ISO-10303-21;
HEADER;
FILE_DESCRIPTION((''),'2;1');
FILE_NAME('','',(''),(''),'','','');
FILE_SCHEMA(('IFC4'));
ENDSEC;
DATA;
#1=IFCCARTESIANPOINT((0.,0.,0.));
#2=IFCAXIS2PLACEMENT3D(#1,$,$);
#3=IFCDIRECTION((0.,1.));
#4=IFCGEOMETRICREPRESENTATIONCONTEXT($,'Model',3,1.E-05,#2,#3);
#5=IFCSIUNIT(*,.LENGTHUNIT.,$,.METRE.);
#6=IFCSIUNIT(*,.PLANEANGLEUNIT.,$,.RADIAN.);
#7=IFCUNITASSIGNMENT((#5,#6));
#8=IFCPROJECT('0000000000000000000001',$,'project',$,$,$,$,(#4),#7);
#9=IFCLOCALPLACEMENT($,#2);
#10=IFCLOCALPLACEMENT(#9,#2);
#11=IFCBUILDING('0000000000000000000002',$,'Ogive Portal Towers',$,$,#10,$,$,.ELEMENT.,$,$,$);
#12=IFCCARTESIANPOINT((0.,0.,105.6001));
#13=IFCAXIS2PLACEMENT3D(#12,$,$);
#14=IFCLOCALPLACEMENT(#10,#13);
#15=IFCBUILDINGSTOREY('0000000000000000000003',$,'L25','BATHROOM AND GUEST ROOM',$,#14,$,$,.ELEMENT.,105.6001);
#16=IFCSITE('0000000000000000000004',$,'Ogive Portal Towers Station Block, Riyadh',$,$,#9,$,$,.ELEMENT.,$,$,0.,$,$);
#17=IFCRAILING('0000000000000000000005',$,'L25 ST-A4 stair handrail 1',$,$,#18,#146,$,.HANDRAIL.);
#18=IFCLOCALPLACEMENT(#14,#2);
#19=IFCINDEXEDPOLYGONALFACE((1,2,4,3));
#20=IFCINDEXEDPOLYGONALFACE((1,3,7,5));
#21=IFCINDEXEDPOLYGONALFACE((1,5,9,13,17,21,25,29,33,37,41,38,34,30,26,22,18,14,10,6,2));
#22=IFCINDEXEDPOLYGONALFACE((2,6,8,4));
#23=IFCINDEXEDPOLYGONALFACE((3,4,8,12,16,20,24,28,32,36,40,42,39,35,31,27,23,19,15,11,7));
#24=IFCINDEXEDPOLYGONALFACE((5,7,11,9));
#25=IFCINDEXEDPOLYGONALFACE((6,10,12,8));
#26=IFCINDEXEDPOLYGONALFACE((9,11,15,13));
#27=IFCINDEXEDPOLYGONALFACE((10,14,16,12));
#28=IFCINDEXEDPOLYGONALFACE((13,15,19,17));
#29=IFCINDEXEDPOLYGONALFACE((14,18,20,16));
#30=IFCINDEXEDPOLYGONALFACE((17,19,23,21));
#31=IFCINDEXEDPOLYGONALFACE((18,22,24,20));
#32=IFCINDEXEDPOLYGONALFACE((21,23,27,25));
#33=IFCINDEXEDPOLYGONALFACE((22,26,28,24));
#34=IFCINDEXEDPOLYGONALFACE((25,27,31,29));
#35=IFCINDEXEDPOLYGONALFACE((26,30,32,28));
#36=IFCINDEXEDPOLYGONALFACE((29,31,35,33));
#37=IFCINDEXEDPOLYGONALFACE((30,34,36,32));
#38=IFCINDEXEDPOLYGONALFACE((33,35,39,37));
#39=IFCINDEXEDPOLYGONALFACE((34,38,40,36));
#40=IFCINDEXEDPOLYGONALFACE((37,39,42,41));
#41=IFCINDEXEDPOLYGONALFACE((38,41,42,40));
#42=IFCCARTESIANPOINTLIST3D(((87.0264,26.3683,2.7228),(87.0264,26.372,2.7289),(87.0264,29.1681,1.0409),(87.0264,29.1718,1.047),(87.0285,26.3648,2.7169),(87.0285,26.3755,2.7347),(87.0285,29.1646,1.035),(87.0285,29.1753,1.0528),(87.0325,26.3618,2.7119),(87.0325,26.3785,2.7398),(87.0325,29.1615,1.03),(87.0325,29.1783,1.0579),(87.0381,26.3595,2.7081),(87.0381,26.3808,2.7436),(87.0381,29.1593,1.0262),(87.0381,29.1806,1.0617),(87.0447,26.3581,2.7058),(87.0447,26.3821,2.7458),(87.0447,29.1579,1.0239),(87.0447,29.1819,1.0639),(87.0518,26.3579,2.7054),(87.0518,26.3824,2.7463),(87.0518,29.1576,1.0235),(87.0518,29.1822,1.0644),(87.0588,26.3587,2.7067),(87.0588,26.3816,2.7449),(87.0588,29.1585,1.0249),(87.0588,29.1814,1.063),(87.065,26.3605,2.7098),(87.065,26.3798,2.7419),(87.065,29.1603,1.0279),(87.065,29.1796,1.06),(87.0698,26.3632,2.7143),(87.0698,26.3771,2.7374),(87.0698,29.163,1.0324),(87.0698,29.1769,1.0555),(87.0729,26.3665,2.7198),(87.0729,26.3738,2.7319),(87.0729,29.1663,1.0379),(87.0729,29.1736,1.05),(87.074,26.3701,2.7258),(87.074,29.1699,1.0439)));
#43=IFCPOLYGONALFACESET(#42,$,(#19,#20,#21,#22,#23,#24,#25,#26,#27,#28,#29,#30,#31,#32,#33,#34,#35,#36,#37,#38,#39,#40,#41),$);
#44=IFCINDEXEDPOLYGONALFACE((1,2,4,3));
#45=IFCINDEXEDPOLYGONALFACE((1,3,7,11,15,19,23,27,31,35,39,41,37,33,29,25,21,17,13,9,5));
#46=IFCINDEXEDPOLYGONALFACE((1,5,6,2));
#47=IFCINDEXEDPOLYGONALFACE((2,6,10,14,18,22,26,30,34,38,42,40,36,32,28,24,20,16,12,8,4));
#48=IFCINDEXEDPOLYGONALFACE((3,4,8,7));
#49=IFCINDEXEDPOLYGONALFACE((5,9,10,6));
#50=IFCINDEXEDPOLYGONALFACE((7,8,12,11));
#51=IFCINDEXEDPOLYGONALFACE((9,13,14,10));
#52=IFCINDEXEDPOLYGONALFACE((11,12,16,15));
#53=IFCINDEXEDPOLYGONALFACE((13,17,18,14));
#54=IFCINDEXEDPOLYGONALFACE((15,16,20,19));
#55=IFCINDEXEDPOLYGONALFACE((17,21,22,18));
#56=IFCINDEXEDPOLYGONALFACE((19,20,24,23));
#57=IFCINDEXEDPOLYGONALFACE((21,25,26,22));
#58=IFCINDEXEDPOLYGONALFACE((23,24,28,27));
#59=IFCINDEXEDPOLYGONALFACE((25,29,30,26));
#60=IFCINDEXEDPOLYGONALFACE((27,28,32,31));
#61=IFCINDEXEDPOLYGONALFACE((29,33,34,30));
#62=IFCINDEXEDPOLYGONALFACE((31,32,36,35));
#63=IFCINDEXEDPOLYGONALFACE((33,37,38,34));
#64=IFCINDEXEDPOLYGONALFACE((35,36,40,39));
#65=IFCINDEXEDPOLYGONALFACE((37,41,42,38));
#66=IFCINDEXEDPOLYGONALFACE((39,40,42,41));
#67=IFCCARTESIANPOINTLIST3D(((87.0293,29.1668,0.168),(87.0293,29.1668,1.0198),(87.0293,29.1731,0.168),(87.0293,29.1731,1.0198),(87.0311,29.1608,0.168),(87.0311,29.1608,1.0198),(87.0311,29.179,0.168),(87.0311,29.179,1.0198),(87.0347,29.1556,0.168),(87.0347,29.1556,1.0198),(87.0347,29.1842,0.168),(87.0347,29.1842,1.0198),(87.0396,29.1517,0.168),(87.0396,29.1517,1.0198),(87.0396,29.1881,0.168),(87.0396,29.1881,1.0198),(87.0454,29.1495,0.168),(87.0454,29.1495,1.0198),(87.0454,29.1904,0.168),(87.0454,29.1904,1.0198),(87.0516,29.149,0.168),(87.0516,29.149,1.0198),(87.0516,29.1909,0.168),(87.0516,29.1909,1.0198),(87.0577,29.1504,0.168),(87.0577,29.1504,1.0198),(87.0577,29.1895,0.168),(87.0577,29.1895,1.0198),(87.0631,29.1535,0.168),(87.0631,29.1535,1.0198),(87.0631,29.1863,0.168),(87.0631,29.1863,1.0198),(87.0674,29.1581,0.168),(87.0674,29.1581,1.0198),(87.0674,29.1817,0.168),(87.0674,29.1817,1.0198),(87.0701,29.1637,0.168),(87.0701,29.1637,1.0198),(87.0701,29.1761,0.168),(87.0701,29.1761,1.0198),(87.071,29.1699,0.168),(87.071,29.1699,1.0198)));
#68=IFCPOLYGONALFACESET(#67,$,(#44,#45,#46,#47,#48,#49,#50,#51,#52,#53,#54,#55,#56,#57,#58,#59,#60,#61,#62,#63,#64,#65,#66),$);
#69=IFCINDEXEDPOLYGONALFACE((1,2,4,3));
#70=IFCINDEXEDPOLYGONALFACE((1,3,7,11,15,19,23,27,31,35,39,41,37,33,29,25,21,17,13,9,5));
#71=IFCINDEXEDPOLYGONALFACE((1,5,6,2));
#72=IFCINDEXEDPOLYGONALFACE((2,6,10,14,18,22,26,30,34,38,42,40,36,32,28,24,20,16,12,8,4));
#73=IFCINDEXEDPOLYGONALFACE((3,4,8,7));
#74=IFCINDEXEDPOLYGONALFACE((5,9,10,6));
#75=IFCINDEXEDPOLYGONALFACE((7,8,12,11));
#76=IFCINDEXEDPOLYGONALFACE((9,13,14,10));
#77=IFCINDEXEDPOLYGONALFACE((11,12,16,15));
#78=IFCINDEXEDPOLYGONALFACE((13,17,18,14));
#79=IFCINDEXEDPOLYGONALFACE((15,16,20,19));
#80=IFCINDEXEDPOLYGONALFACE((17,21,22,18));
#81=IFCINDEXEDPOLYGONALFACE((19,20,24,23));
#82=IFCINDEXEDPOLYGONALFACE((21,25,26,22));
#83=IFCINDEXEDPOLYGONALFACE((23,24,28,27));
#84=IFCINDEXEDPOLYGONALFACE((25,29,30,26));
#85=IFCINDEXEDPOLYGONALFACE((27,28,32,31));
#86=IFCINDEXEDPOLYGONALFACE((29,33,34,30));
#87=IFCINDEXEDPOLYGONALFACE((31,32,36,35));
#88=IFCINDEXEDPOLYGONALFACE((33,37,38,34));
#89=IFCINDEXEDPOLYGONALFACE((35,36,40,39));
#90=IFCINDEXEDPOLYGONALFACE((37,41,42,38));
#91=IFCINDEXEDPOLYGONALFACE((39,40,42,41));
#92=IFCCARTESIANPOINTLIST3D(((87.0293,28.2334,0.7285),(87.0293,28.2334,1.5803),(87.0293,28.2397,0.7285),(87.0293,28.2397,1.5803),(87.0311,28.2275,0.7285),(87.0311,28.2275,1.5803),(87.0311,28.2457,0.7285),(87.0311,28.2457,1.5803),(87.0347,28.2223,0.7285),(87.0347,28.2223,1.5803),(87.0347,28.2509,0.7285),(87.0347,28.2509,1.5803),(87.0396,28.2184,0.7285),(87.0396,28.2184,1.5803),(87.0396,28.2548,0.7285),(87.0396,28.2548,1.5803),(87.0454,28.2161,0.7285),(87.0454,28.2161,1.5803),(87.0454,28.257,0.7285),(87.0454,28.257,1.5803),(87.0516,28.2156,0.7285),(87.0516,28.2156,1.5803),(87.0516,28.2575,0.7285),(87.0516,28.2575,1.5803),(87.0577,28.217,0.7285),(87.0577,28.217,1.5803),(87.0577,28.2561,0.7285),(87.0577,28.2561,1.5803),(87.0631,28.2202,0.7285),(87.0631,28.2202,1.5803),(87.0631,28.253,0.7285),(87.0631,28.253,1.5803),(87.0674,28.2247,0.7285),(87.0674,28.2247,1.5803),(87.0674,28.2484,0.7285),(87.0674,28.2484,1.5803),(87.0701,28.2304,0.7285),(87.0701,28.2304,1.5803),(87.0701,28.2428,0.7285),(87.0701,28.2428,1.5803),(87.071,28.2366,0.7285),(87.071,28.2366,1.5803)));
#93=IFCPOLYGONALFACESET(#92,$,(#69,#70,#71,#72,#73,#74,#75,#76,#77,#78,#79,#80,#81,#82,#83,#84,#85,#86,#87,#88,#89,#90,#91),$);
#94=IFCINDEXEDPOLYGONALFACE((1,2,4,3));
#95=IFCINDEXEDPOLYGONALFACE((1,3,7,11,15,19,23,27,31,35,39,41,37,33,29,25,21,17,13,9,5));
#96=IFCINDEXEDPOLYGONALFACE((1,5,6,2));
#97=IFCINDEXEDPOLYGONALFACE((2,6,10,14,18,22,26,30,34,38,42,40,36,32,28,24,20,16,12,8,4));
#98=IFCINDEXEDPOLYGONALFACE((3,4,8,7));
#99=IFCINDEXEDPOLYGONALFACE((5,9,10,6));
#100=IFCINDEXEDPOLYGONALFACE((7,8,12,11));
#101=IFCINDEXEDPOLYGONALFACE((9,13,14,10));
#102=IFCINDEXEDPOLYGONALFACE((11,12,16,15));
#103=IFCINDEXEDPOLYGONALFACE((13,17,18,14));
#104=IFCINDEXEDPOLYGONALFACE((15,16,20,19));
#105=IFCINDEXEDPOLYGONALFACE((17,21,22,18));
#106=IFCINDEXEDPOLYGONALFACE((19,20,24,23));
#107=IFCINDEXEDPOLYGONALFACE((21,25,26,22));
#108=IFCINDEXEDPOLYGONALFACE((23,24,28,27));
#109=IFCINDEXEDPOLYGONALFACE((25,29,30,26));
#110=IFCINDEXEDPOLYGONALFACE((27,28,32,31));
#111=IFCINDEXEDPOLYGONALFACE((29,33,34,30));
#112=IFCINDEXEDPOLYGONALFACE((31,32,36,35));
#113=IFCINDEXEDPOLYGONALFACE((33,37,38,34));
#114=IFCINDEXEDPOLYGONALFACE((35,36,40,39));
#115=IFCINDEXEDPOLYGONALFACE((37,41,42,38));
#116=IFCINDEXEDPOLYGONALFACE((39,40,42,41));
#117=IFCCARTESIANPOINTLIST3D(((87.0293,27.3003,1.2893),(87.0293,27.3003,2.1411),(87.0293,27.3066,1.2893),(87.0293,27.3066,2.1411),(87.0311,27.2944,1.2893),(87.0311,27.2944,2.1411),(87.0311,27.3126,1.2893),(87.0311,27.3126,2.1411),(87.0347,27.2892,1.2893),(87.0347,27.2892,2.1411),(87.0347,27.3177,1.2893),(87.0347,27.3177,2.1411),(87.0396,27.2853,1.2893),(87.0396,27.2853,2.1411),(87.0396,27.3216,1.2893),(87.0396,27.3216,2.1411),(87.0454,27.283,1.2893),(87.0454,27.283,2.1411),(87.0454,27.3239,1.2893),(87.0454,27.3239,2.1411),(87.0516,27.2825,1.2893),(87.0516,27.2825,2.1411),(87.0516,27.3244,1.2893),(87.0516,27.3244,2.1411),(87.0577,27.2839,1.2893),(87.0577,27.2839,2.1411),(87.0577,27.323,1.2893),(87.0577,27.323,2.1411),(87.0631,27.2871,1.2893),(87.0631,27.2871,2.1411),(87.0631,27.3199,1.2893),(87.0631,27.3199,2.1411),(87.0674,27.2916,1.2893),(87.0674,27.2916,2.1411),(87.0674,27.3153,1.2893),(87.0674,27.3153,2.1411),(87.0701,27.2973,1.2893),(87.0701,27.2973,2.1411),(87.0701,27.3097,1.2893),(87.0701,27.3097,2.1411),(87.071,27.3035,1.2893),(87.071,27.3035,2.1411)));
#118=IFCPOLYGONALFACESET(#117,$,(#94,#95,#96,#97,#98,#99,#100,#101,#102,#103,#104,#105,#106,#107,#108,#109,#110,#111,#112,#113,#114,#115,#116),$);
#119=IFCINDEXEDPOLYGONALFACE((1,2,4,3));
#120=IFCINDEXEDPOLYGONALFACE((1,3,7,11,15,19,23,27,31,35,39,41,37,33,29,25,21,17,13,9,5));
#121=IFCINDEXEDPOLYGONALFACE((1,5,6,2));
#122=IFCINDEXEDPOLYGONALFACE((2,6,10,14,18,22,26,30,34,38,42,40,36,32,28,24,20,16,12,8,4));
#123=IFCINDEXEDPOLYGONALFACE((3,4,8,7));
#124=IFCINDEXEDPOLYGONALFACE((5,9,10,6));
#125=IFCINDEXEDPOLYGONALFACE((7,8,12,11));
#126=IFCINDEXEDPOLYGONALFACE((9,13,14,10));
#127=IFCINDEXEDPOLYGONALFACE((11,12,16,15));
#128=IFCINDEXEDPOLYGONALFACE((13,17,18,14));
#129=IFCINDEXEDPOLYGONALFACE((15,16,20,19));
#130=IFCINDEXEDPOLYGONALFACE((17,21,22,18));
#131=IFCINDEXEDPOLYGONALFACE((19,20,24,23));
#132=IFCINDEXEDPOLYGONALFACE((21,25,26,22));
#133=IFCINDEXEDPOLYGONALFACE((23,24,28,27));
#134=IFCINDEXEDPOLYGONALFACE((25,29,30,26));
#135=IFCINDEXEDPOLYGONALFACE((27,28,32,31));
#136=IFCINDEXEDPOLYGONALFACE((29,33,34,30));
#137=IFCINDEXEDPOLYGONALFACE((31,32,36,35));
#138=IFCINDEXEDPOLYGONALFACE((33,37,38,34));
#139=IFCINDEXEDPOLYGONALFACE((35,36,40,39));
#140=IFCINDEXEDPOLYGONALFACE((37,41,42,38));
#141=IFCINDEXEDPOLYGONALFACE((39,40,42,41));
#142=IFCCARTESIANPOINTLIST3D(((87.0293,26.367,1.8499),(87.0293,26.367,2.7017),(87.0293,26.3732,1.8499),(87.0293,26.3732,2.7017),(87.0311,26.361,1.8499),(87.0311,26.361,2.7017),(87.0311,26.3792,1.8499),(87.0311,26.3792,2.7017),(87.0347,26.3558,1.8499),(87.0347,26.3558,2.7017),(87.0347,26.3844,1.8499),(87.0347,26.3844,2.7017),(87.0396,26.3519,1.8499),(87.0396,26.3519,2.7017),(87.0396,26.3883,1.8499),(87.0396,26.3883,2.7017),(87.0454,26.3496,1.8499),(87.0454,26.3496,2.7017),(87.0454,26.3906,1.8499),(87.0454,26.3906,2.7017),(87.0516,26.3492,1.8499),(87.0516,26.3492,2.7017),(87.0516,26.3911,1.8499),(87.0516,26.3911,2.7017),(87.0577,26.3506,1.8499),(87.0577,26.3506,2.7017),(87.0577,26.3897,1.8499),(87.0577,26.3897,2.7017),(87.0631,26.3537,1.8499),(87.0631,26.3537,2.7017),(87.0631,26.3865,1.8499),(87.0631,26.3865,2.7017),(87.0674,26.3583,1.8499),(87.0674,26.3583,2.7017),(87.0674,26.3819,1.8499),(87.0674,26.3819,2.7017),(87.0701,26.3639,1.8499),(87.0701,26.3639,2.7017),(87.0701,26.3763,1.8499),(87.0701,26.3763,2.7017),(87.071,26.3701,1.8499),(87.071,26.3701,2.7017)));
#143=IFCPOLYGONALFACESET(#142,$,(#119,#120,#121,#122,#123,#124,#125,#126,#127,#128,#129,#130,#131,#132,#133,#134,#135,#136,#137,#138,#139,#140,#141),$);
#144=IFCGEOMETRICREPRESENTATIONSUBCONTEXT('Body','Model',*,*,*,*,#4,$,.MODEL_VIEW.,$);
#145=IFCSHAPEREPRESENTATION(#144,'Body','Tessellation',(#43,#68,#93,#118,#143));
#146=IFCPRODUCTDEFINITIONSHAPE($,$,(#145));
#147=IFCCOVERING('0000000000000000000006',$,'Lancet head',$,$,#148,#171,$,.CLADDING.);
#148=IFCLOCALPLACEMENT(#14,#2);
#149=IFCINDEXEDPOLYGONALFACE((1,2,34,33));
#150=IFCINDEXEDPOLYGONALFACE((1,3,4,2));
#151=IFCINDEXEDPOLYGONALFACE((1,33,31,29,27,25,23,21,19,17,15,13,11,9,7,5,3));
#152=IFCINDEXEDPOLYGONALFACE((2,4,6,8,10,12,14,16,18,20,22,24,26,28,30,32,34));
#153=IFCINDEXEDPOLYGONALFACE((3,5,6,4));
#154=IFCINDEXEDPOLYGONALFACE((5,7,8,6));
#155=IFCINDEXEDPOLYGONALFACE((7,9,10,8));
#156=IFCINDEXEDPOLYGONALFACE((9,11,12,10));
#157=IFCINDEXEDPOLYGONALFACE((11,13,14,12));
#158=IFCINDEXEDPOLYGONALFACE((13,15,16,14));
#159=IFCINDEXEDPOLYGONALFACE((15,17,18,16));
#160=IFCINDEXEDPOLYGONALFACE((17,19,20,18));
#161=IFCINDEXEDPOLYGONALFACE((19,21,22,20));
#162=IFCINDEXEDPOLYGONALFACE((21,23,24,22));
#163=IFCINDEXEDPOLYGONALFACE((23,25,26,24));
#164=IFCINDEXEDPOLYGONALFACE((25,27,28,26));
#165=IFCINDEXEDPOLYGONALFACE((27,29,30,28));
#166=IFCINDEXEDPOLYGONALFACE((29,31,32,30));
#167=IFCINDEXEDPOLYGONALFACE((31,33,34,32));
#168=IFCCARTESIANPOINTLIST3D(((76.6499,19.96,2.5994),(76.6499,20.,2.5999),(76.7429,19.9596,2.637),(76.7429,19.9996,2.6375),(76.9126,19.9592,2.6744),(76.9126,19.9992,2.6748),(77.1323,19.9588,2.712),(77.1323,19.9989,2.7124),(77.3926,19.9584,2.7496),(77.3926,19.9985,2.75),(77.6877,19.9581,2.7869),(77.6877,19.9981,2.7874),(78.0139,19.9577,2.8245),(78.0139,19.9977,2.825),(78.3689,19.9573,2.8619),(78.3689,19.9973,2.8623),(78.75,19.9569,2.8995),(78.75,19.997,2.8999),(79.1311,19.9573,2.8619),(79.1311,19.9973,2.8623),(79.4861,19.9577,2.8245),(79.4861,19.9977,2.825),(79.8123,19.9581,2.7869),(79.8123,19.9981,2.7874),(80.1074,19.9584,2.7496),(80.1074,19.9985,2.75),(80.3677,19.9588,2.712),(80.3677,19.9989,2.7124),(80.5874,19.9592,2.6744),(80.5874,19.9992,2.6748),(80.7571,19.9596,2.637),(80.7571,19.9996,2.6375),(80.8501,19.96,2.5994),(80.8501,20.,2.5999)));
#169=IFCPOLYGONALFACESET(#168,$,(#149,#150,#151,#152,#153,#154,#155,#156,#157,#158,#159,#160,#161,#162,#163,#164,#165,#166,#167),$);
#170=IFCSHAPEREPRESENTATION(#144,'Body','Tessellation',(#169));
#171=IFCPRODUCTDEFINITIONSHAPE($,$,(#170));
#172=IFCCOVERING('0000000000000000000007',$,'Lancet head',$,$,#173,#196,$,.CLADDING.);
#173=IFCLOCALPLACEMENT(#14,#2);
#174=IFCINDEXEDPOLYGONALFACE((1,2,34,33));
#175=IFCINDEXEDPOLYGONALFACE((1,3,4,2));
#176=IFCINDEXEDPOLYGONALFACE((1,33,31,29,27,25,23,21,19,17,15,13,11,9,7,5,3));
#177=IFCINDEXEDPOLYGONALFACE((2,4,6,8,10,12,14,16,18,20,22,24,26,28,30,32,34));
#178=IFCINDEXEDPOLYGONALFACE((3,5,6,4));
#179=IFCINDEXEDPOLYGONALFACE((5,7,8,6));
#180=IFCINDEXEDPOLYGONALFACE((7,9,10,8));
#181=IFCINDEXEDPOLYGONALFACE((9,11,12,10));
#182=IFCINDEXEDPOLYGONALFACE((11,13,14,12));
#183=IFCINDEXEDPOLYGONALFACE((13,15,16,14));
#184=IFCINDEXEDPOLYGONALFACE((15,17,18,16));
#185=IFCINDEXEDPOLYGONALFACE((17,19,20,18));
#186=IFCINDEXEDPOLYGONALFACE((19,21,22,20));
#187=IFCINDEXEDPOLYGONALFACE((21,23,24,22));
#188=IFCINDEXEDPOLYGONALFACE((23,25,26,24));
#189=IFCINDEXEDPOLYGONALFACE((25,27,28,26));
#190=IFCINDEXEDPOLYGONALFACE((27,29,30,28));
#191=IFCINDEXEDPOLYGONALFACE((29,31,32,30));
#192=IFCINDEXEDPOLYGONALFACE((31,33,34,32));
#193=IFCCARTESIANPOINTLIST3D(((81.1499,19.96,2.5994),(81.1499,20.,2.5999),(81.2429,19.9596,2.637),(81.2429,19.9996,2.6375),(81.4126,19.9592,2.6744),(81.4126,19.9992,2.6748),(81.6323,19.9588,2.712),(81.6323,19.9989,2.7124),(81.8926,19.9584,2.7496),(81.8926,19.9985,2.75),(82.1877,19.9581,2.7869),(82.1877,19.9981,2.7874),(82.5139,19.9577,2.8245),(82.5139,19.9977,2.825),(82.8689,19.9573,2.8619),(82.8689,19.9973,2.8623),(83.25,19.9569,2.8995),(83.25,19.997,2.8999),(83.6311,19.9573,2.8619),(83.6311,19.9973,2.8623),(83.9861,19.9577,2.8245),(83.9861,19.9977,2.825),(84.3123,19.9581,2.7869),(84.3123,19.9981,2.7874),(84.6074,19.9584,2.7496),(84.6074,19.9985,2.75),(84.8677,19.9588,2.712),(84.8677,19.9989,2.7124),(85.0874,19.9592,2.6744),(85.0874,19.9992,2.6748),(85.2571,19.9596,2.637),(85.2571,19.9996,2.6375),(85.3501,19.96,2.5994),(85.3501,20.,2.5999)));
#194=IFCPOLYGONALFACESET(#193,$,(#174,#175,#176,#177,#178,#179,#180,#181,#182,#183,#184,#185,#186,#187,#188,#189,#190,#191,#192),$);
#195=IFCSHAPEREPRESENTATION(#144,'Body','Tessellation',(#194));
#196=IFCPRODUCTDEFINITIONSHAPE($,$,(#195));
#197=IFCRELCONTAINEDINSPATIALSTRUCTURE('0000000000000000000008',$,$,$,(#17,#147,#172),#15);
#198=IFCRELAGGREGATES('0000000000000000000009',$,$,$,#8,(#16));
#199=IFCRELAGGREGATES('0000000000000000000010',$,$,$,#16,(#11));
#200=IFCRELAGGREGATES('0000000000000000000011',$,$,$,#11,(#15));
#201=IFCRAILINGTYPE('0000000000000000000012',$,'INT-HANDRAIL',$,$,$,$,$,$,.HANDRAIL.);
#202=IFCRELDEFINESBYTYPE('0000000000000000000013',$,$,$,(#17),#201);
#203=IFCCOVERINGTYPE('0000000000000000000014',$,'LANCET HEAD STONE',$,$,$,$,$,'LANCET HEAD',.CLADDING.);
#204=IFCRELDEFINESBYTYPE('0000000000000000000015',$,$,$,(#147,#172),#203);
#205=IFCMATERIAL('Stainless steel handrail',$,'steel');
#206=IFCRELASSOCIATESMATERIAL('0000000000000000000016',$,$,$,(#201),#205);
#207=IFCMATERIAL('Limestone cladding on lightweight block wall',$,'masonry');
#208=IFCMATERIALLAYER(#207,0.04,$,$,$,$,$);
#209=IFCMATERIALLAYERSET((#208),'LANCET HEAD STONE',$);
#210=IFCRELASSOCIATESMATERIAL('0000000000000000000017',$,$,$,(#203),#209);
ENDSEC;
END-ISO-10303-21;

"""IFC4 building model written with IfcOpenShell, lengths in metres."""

from ifc_helpers import new_model, si_unit, direction, frame, origin, origin_2d, place, context, subcontext, project, spatial, polyline, circle, outline, extrude, material, layer, layer_set, type_object, element, save


model = new_model("IFC4")

# Units and contexts
model_context = context("Model", 3, precision=1e-05, world=origin(), true_north=direction((0.0, 1.0)))
body_context = subcontext(model_context, "Body", "Model", "MODEL_VIEW")
ifc_project = project(units=[si_unit("LENGTHUNIT", "METRE"), si_unit("PLANEANGLEUNIT", "RADIAN")], contexts=[model_context])

# Site, building, storey
site_placement = place(None, origin())
site = spatial("IfcSite", under=ifc_project, at=site_placement, Name="Ogive Portal Towers Station Block, Riyadh", CompositionType="ELEMENT", RefElevation=0.0)
building_placement = place(site_placement, origin())
building = spatial("IfcBuilding", under=site, at=building_placement, Name="Ogive Portal Towers", CompositionType="ELEMENT")
storey_placement = place(building_placement, frame((0.0, 0.0, 105.6001)))
storey = spatial("IfcBuildingStorey", under=building, at=storey_placement, Name="L25", Description="BATHROOM AND GUEST ROOM", CompositionType="ELEMENT", Elevation=105.6001)

# Railing
ifc_material_1 = material(Name="Stainless steel handrail", Category="steel")
railing_type_1 = type_object("IfcRailingType", Name="INT-HANDRAIL", PredefinedType="HANDRAIL", material=ifc_material_1)
railing_1_placement = place(storey_placement, frame((87.05, 29.1699, 0.168)))
element("IfcRailing", 1, at=railing_1_placement, inside=storey, type_object=railing_type_1, Name="L25 ST-A4 stair handrail 1", PredefinedType="HANDRAIL", context=body_context, shape_type="SweptSolid", body=[
    extrude(circle(Radius=0.0239, at=origin_2d()), frame((0.0, 0.0, 0.876), z_axis=(0.0, -0.857222, 0.514946), x_axis=(1.0, 0.0, 0.0)), (0.0, 0.0, 1.0), 3.2661),
    extrude(circle(Radius=0.021, at=origin_2d()), origin(), (0.0, 0.0, 1.0), 0.8518),
    extrude(circle(Radius=0.021, at=origin_2d()), frame((0.0, -0.9333, 0.5605)), (0.0, 0.0, 1.0), 0.8518),
    extrude(circle(Radius=0.021, at=origin_2d()), frame((0.0, -1.8665, 1.1213)), (0.0, 0.0, 1.0), 0.8518),
    extrude(circle(Radius=0.021, at=origin_2d()), frame((0.0, -2.7998, 1.6819)), (0.0, 0.0, 1.0), 0.8518),
])

# Coverings
ifc_material_2 = material(Name="Limestone cladding on lightweight block wall", Category="masonry")
ifc_layer_1 = layer(ifc_material_2, 0.04)
ifc_layer_set_1 = layer_set([ifc_layer_1], Name="LANCET HEAD STONE")
covering_type = type_object("IfcCoveringType", Name="LANCET HEAD STONE", ElementType="LANCET HEAD", PredefinedType="CLADDING", material=ifc_layer_set_1)
for number, where, z_axis, x_axis, name in (
    (2, (76.6499, 20.0, 2.5999), (0.0, 0.999949, 0.010103), (1.0, 0.0, 0.0), "Lancet head"),
    (3, (81.1499, 20.0, 2.5999), (0.0, 0.999949, 0.010103), (1.0, 0.0, 0.0), "Lancet head"),
):
    element("IfcCovering", number, at=place(storey_placement, frame(where, z_axis=z_axis, x_axis=x_axis)), inside=storey, type_object=covering_type, Name=name, PredefinedType="CLADDING", context=body_context, shape_type="SweptSolid", body=[
        extrude(outline(polyline([(0.0, 0.0), (4.2002, 0.0), (4.1072, -0.0376), (3.9375, -0.075), (3.7178, -0.1126), (3.4575, -0.1502), (3.1624, -0.1875), (2.8362, -0.2251), (2.4812, -0.2625), (2.1001, -0.3001), (1.719, -0.2625), (1.364, -0.2251), (1.0378, -0.1875), (0.7427, -0.1502), (0.4824, -0.1126), (0.2627, -0.075), (0.093, -0.0376), (0.0, 0.0)])), origin(), (0.0, 0.0, -1.0), 0.04),
    ])

save(model, "model.ifc")
